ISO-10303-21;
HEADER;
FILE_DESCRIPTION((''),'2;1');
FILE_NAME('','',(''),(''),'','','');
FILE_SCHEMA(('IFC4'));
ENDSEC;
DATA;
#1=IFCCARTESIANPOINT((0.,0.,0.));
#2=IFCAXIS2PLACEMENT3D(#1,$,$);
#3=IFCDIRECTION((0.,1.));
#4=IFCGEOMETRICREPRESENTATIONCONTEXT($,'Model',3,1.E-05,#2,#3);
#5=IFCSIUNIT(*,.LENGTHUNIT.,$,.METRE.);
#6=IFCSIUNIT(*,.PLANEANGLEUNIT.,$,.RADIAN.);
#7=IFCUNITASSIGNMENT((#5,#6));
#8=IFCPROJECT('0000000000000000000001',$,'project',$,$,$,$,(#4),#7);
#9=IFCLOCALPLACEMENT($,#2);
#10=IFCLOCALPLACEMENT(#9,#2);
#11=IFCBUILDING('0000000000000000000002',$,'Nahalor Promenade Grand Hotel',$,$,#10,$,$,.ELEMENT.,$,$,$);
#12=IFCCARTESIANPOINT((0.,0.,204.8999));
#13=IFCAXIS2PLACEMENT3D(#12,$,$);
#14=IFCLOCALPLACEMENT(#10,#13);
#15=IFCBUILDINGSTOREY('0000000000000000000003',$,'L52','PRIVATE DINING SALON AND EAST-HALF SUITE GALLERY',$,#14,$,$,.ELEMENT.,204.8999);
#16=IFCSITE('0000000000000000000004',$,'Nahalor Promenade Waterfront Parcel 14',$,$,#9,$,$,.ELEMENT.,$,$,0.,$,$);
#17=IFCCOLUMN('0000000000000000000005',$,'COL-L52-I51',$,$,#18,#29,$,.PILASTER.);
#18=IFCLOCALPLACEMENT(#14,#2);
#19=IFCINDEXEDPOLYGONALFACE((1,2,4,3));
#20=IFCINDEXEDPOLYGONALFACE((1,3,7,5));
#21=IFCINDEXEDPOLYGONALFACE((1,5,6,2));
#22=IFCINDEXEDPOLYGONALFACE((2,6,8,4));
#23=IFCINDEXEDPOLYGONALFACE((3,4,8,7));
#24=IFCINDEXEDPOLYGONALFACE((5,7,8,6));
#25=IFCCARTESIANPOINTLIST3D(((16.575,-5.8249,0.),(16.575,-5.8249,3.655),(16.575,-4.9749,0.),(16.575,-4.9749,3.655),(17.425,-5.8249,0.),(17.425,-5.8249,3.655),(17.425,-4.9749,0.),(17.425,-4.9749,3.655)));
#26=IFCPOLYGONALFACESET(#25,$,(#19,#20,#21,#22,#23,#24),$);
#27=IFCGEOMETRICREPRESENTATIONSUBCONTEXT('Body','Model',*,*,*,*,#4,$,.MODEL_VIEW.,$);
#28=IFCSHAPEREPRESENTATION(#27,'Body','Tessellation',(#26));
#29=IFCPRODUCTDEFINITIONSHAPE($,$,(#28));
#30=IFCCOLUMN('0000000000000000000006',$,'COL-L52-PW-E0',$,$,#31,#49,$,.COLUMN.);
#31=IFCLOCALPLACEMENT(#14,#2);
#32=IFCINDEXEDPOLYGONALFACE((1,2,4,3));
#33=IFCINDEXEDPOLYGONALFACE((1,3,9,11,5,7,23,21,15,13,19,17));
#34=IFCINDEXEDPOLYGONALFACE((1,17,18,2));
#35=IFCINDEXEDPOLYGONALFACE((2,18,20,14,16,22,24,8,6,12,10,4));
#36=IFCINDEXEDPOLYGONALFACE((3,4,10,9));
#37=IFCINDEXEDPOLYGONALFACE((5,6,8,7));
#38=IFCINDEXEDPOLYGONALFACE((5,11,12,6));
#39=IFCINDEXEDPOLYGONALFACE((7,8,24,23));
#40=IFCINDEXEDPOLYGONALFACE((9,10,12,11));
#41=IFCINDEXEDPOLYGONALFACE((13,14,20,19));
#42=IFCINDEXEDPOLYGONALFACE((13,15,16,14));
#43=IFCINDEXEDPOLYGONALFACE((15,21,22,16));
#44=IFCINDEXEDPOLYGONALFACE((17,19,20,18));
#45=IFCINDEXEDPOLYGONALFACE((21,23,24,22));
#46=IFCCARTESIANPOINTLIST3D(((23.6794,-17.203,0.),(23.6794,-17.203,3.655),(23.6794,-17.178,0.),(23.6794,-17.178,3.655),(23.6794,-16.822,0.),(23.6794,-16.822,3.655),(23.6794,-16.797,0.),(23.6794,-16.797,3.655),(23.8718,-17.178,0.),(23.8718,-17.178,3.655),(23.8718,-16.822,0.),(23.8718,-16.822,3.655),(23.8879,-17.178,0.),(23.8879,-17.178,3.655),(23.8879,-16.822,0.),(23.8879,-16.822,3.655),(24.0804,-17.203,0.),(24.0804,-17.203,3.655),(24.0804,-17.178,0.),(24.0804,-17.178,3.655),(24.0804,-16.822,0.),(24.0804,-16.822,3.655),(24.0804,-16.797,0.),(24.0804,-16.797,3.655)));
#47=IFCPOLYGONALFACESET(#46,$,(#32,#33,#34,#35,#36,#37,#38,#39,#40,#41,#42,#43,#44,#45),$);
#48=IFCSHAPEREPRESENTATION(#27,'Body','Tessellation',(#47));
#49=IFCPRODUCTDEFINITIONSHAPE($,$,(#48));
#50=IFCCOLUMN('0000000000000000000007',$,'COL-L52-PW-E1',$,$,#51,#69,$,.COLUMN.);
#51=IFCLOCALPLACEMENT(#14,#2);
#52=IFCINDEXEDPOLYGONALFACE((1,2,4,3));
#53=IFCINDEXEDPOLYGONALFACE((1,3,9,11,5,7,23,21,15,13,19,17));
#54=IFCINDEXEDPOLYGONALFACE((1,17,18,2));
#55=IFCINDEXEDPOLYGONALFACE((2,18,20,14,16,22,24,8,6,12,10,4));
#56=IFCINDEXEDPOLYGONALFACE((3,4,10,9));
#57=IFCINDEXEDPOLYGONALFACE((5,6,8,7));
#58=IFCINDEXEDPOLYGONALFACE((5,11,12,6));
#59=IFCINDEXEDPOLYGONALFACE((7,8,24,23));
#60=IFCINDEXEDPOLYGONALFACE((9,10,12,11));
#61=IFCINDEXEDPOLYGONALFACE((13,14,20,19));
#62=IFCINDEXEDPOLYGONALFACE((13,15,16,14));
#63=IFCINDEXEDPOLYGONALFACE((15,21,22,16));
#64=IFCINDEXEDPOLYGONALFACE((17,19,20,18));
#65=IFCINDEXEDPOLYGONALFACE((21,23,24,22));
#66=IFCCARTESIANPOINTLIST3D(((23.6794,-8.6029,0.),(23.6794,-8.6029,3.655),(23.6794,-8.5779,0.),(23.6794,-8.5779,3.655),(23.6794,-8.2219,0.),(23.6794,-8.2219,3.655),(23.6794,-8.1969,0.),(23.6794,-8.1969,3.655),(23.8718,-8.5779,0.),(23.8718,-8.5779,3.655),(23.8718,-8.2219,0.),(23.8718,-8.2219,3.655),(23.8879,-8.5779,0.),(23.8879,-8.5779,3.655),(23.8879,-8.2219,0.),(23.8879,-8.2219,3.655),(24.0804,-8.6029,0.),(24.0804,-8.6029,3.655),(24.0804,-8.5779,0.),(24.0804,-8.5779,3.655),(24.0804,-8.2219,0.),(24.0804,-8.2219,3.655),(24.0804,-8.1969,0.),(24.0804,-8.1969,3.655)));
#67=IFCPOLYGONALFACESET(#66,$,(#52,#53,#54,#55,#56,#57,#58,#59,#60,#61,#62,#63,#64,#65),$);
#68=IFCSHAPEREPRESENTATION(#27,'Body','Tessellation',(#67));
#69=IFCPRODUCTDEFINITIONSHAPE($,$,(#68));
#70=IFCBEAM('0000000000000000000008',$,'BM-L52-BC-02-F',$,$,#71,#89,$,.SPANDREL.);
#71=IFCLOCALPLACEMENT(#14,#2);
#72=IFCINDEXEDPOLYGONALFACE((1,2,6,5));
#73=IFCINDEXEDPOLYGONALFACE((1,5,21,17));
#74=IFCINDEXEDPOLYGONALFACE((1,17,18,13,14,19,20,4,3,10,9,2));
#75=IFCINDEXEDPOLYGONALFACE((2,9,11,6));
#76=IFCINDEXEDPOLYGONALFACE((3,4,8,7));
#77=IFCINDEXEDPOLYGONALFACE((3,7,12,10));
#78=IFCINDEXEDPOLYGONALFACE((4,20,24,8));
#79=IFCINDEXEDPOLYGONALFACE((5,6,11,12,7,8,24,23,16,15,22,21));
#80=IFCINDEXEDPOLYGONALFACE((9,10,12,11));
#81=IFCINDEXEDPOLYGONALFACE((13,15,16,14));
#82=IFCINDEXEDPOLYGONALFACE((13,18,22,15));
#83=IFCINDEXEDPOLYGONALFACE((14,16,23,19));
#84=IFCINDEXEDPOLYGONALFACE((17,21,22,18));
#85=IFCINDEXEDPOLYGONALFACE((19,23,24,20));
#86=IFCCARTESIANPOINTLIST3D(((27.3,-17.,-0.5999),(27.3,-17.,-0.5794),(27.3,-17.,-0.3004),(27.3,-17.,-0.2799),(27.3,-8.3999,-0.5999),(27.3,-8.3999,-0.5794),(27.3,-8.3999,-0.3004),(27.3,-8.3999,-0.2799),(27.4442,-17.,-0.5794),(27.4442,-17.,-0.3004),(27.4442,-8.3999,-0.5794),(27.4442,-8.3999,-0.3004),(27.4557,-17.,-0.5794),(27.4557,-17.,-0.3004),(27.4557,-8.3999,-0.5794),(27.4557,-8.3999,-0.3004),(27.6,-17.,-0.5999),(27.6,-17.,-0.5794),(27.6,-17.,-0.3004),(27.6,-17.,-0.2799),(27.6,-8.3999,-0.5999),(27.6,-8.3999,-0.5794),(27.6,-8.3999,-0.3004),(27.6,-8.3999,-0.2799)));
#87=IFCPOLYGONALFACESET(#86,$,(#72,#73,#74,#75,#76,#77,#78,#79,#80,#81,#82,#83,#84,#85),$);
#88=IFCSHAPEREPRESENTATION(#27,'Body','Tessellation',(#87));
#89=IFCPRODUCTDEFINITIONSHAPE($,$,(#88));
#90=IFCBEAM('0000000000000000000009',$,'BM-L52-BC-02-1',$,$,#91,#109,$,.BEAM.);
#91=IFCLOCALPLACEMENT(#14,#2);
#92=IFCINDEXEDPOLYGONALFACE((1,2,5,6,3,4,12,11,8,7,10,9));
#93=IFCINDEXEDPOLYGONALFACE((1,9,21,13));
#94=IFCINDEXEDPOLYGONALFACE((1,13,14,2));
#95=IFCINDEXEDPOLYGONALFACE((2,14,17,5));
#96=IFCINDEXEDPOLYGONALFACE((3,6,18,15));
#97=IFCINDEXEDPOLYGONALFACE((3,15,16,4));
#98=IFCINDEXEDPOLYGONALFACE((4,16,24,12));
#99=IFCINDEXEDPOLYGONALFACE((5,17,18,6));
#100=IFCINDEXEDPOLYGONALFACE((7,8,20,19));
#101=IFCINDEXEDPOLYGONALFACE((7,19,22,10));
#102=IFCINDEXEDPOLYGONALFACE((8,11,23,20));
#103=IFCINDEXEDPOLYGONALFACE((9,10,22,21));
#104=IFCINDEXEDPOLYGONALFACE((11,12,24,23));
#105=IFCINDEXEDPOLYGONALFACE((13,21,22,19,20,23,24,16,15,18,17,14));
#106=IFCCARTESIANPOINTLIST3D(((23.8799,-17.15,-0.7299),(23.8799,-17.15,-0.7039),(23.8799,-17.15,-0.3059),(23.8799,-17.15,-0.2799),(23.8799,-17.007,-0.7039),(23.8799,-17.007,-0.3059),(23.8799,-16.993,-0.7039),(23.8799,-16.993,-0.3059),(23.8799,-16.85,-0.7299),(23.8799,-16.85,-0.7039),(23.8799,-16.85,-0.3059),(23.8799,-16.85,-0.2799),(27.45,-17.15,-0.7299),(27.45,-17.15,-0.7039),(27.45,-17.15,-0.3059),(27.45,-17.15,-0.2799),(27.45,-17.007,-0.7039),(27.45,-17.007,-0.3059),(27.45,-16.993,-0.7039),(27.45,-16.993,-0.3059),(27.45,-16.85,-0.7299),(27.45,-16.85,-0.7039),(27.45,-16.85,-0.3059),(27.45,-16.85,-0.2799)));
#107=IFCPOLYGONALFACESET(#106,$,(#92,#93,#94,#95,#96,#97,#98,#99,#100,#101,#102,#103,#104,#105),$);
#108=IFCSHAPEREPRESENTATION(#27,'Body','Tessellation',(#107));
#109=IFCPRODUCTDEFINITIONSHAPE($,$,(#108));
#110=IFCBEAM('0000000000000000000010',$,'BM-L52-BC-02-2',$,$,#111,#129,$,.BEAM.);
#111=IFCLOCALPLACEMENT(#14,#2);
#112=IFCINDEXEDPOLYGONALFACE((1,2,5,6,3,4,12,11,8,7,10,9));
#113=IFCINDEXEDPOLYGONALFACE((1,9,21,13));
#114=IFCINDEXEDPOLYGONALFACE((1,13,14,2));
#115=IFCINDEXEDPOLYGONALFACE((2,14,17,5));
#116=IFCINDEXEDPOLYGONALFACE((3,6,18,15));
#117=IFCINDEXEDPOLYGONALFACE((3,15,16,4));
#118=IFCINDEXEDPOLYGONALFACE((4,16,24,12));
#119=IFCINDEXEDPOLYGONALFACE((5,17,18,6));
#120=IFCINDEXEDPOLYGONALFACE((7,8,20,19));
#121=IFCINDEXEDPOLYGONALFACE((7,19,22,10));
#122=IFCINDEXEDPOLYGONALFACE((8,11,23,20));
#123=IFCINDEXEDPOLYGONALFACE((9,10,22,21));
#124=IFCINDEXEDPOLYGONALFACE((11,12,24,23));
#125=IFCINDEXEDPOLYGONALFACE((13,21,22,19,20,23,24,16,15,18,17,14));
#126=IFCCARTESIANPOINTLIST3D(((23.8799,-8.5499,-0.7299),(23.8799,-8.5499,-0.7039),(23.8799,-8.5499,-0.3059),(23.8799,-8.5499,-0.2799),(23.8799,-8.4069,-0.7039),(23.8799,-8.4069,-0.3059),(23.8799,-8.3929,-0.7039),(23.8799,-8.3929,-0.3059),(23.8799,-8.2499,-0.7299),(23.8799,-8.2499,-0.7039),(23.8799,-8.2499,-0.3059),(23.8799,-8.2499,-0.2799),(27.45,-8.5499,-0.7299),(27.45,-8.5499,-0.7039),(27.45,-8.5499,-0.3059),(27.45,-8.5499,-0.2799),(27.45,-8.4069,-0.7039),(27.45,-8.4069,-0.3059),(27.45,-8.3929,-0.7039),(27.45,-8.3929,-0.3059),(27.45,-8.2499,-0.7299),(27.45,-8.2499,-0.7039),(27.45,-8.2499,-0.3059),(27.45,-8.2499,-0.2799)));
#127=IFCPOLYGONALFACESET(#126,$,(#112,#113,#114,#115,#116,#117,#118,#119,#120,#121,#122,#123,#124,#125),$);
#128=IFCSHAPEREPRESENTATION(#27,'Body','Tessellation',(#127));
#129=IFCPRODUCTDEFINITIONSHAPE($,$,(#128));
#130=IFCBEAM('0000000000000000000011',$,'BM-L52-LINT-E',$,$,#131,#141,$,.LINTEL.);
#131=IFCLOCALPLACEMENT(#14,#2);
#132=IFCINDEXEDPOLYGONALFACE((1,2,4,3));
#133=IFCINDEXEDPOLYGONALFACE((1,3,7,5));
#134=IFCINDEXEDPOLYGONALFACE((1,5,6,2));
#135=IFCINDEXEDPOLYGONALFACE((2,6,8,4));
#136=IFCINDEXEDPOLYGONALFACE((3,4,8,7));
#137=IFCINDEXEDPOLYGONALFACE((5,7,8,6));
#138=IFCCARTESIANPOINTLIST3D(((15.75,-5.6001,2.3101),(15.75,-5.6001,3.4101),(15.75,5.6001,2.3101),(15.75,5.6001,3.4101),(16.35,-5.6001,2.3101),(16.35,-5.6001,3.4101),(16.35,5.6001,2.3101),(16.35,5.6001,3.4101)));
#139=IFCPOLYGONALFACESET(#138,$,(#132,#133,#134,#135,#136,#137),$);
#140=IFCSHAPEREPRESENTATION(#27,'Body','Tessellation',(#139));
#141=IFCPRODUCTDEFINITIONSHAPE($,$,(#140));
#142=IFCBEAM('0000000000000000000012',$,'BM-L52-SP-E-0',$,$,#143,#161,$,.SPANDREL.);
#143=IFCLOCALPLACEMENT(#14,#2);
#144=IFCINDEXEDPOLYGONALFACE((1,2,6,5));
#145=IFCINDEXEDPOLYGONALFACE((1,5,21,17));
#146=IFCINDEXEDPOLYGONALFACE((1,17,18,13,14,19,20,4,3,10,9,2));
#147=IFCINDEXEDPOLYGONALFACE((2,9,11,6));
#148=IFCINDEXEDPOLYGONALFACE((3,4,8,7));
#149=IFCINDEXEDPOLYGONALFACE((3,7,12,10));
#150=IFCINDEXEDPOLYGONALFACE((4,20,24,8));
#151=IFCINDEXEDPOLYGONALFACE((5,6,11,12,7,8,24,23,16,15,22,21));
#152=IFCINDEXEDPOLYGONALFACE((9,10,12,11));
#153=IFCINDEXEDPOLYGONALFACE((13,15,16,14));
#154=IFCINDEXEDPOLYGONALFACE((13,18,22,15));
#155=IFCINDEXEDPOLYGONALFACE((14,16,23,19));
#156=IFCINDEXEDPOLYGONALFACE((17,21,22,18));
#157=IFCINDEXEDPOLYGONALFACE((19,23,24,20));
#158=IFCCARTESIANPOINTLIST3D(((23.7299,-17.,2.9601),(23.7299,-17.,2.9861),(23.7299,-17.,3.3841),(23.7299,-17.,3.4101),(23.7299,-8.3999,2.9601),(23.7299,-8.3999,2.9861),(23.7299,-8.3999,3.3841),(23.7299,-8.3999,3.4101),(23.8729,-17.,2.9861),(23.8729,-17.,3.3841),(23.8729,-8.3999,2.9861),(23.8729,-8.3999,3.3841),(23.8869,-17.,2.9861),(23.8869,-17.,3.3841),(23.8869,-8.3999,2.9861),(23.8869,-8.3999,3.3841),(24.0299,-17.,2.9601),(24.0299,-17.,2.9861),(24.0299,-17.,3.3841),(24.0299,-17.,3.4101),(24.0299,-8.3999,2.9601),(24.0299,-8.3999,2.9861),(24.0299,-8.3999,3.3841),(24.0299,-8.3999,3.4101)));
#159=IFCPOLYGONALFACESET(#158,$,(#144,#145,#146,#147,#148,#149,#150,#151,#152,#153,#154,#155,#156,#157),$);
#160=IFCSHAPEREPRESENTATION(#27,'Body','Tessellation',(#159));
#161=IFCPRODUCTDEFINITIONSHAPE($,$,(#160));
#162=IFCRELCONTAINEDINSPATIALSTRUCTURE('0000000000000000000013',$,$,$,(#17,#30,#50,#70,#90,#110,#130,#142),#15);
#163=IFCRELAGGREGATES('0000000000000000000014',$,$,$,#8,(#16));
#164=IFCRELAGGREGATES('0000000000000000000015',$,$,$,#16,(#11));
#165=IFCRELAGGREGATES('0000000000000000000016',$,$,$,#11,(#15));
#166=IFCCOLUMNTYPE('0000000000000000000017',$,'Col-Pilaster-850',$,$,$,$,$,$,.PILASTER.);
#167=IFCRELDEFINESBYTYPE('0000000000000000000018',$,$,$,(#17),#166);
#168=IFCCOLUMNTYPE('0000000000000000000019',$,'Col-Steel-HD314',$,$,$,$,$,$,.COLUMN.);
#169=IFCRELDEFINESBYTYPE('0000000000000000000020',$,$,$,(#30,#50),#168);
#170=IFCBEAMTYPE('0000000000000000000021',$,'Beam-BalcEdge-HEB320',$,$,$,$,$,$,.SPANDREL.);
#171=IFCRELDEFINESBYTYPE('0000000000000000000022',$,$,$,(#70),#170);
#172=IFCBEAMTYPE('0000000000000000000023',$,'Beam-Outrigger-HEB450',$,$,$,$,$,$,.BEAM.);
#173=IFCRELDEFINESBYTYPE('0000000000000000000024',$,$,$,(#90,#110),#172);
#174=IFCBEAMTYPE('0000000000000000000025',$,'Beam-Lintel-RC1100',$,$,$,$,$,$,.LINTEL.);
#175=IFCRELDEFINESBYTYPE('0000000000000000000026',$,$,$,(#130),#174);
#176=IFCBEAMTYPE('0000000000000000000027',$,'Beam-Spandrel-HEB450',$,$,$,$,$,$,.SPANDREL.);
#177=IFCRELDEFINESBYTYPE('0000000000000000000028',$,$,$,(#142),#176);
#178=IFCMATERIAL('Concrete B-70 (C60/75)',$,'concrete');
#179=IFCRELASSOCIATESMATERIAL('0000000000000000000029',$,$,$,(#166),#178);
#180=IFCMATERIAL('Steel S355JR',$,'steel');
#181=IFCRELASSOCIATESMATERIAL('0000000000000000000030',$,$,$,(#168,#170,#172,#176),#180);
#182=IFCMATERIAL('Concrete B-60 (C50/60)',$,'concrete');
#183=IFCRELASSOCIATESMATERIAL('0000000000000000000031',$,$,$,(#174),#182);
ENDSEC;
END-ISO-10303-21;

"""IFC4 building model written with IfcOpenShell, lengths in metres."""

from ifc_helpers import new_model, si_unit, direction, frame, origin, origin_2d, place, context, subcontext, project, spatial, rectangle, i_section, extrude, source, transform, mapped, material, material_profile, profile_set, type_object, element, save


model = new_model("IFC4")

# Units and contexts
model_context = context("Model", 3, precision=1e-05, world=origin(), true_north=direction((0.0, 1.0)))
body_context = subcontext(model_context, "Body", "Model", "MODEL_VIEW")
ifc_project = project(units=[si_unit("LENGTHUNIT", "METRE"), si_unit("PLANEANGLEUNIT", "RADIAN")], contexts=[model_context])

# Site, building, storey
site_placement = place(None, origin())
site = spatial("IfcSite", under=ifc_project, at=site_placement, Name="Nahalor Promenade Waterfront Parcel 14", CompositionType="ELEMENT", RefElevation=0.0)
building_placement = place(site_placement, origin())
building = spatial("IfcBuilding", under=site, at=building_placement, Name="Nahalor Promenade Grand Hotel", CompositionType="ELEMENT")
storey_placement = place(building_placement, frame((0.0, 0.0, 204.8999)))
storey = spatial("IfcBuildingStorey", under=building, at=storey_placement, Name="L52", Description="PRIVATE DINING SALON AND EAST-HALF SUITE GALLERY", CompositionType="ELEMENT", Elevation=204.8999)

# Columns
ifc_material_1 = material(Name="Concrete B-70 (C60/75)", Category="concrete")
ifc_material_profile_1 = material_profile(ifc_material_1, rectangle(XDim=0.85, YDim=0.85, at=origin_2d()), Name="RC 850x850")
ifc_profile_set_1 = profile_set([ifc_material_profile_1], Name="Concrete B-70 (C60/75)")
column_type_1 = type_object("IfcColumnType", Name="Col-Pilaster-850", PredefinedType="PILASTER", material=ifc_profile_set_1)
shared_shape_1 = source(origin(), body_context, "Body", "SweptSolid", [
    extrude(rectangle(XDim=0.85, YDim=0.85, at=origin_2d()), origin(), (0.0, 0.0, 1.0), 3.655),
])
column_placement = place(storey_placement, frame((17.0, -5.3999, 0.0), z_axis=(0.0, 0.0, 1.0), x_axis=(1.0, 0.0, 0.0)))
element("IfcColumn", 1, at=column_placement, inside=storey, type_object=column_type_1, Name="COL-L52-I51", PredefinedType="PILASTER", context=body_context, shape_type="MappedRepresentation", body=[
    mapped(shared_shape_1, transform((0.0, 0.0, 0.0), scale=1.0)),
])
ifc_material_2 = material(Name="Steel S355JR", Category="steel")
ifc_material_profile_2 = material_profile(ifc_material_2, i_section(OverallWidth=0.401, OverallDepth=0.406, WebThickness=0.0161, FlangeThickness=0.025, at=origin_2d()), Name="HD 400x314")
ifc_profile_set_2 = profile_set([ifc_material_profile_2], Name="Steel S355JR")
column_type_2 = type_object("IfcColumnType", Name="Col-Steel-HD314", PredefinedType="COLUMN", material=ifc_profile_set_2)
shared_shape_2 = source(origin(), body_context, "Body", "SweptSolid", [
    extrude(i_section(OverallWidth=0.401, OverallDepth=0.406, WebThickness=0.0161, FlangeThickness=0.025, at=origin_2d()), origin(), (0.0, 0.0, 1.0), 3.655),
])
for number, where, z_axis, x_axis, name in (
    (2, (23.8799, -17.0, 0.0), (0.0, 0.0, 1.0), (1.0, 0.0, 0.0), "COL-L52-PW-E0"),
    (3, (23.8799, -8.3999, 0.0), (0.0, 0.0, 1.0), (1.0, 0.0, 0.0), "COL-L52-PW-E1"),
):
    element("IfcColumn", number, at=place(storey_placement, frame(where, z_axis=z_axis, x_axis=x_axis)), inside=storey, type_object=column_type_2, Name=name, PredefinedType="COLUMN", context=body_context, shape_type="MappedRepresentation", body=[
        mapped(shared_shape_2, transform((0.0, 0.0, 0.0), scale=1.0)),
    ])

# Beams
ifc_material_profile_3 = material_profile(ifc_material_2, i_section(OverallWidth=0.3, OverallDepth=0.32, WebThickness=0.0115, FlangeThickness=0.0205, at=origin_2d()), Name="HEB 320")
ifc_profile_set_3 = profile_set([ifc_material_profile_3], Name="Steel S355JR")
beam_type_1 = type_object("IfcBeamType", Name="Beam-BalcEdge-HEB320", PredefinedType="SPANDREL", material=ifc_profile_set_3)
shared_shape_3 = source(origin(), body_context, "Body", "SweptSolid", [
    extrude(i_section(OverallWidth=0.3, OverallDepth=0.32, WebThickness=0.0115, FlangeThickness=0.0205, at=origin_2d()), origin(), (0.0, 0.0, 1.0), 8.6001),
])
beam_1_placement = place(storey_placement, frame((27.45, -17.0, -0.4399), z_axis=(0.0, 1.0, 0.0), x_axis=(-1.0, 0.0, 0.0)))
element("IfcBeam", 4, at=beam_1_placement, inside=storey, type_object=beam_type_1, Name="BM-L52-BC-02-F", PredefinedType="SPANDREL", context=body_context, shape_type="MappedRepresentation", body=[
    mapped(shared_shape_3, transform((0.0, 0.0, 0.0), scale=1.0)),
])
ifc_material_profile_4 = material_profile(ifc_material_2, i_section(OverallWidth=0.3, OverallDepth=0.45, WebThickness=0.014, FlangeThickness=0.026, at=origin_2d()), Name="HEB 450")
ifc_profile_set_4 = profile_set([ifc_material_profile_4], Name="Steel S355JR")
beam_type_2 = type_object("IfcBeamType", Name="Beam-Outrigger-HEB450", PredefinedType="BEAM", material=ifc_profile_set_4)
shared_shape_4 = source(origin(), body_context, "Body", "SweptSolid", [
    extrude(i_section(OverallWidth=0.3, OverallDepth=0.45, WebThickness=0.014, FlangeThickness=0.026, at=origin_2d()), origin(), (0.0, 0.0, 1.0), 3.5701),
])
for number, where, z_axis, x_axis, name in (
    (5, (23.8799, -17.0, -0.5049), (1.0, 0.0, 0.0), (0.0, 1.0, 0.0), "BM-L52-BC-02-1"),
    (6, (23.8799, -8.3999, -0.5049), (1.0, 0.0, 0.0), (0.0, 1.0, 0.0), "BM-L52-BC-02-2"),
):
    element("IfcBeam", number, at=place(storey_placement, frame(where, z_axis=z_axis, x_axis=x_axis)), inside=storey, type_object=beam_type_2, Name=name, PredefinedType="BEAM", context=body_context, shape_type="MappedRepresentation", body=[
        mapped(shared_shape_4, transform((0.0, 0.0, 0.0), scale=1.0)),
    ])
ifc_material_3 = material(Name="Concrete B-60 (C50/60)", Category="concrete")
ifc_material_profile_5 = material_profile(ifc_material_3, rectangle(XDim=0.6, YDim=1.1, at=origin_2d()), Name="RC 600x1100")
ifc_profile_set_5 = profile_set([ifc_material_profile_5], Name="Concrete B-60 (C50/60)")
beam_type_3 = type_object("IfcBeamType", Name="Beam-Lintel-RC1100", PredefinedType="LINTEL", material=ifc_profile_set_5)
shared_shape_5 = source(origin(), body_context, "Body", "SweptSolid", [
    extrude(rectangle(XDim=0.6, YDim=1.1, at=origin_2d()), origin(), (0.0, 0.0, 1.0), 11.2002),
])
beam_2_placement = place(storey_placement, frame((16.05, -5.6001, 2.8601), z_axis=(0.0, 1.0, 0.0), x_axis=(-1.0, 0.0, 0.0)))
element("IfcBeam", 7, at=beam_2_placement, inside=storey, type_object=beam_type_3, Name="BM-L52-LINT-E", PredefinedType="LINTEL", context=body_context, shape_type="MappedRepresentation", body=[
    mapped(shared_shape_5, transform((0.0, 0.0, 0.0), scale=1.0)),
])
ifc_material_profile_6 = material_profile(ifc_material_2, i_section(OverallWidth=0.3, OverallDepth=0.45, WebThickness=0.014, FlangeThickness=0.026, at=origin_2d()), Name="HEB 450")
ifc_profile_set_6 = profile_set([ifc_material_profile_6], Name="Steel S355JR")
beam_type_4 = type_object("IfcBeamType", Name="Beam-Spandrel-HEB450", PredefinedType="SPANDREL", material=ifc_profile_set_6)
shared_shape_6 = source(origin(), body_context, "Body", "SweptSolid", [
    extrude(i_section(OverallWidth=0.3, OverallDepth=0.45, WebThickness=0.014, FlangeThickness=0.026, at=origin_2d()), origin(), (0.0, 0.0, 1.0), 8.6001),
])
beam_3_placement = place(storey_placement, frame((23.8799, -17.0, 3.1851), z_axis=(0.0, 1.0, 0.0), x_axis=(-1.0, 0.0, 0.0)))
element("IfcBeam", 8, at=beam_3_placement, inside=storey, type_object=beam_type_4, Name="BM-L52-SP-E-0", PredefinedType="SPANDREL", context=body_context, shape_type="MappedRepresentation", body=[
    mapped(shared_shape_6, transform((0.0, 0.0, 0.0), scale=1.0)),
])

save(model, "model.ifc")
